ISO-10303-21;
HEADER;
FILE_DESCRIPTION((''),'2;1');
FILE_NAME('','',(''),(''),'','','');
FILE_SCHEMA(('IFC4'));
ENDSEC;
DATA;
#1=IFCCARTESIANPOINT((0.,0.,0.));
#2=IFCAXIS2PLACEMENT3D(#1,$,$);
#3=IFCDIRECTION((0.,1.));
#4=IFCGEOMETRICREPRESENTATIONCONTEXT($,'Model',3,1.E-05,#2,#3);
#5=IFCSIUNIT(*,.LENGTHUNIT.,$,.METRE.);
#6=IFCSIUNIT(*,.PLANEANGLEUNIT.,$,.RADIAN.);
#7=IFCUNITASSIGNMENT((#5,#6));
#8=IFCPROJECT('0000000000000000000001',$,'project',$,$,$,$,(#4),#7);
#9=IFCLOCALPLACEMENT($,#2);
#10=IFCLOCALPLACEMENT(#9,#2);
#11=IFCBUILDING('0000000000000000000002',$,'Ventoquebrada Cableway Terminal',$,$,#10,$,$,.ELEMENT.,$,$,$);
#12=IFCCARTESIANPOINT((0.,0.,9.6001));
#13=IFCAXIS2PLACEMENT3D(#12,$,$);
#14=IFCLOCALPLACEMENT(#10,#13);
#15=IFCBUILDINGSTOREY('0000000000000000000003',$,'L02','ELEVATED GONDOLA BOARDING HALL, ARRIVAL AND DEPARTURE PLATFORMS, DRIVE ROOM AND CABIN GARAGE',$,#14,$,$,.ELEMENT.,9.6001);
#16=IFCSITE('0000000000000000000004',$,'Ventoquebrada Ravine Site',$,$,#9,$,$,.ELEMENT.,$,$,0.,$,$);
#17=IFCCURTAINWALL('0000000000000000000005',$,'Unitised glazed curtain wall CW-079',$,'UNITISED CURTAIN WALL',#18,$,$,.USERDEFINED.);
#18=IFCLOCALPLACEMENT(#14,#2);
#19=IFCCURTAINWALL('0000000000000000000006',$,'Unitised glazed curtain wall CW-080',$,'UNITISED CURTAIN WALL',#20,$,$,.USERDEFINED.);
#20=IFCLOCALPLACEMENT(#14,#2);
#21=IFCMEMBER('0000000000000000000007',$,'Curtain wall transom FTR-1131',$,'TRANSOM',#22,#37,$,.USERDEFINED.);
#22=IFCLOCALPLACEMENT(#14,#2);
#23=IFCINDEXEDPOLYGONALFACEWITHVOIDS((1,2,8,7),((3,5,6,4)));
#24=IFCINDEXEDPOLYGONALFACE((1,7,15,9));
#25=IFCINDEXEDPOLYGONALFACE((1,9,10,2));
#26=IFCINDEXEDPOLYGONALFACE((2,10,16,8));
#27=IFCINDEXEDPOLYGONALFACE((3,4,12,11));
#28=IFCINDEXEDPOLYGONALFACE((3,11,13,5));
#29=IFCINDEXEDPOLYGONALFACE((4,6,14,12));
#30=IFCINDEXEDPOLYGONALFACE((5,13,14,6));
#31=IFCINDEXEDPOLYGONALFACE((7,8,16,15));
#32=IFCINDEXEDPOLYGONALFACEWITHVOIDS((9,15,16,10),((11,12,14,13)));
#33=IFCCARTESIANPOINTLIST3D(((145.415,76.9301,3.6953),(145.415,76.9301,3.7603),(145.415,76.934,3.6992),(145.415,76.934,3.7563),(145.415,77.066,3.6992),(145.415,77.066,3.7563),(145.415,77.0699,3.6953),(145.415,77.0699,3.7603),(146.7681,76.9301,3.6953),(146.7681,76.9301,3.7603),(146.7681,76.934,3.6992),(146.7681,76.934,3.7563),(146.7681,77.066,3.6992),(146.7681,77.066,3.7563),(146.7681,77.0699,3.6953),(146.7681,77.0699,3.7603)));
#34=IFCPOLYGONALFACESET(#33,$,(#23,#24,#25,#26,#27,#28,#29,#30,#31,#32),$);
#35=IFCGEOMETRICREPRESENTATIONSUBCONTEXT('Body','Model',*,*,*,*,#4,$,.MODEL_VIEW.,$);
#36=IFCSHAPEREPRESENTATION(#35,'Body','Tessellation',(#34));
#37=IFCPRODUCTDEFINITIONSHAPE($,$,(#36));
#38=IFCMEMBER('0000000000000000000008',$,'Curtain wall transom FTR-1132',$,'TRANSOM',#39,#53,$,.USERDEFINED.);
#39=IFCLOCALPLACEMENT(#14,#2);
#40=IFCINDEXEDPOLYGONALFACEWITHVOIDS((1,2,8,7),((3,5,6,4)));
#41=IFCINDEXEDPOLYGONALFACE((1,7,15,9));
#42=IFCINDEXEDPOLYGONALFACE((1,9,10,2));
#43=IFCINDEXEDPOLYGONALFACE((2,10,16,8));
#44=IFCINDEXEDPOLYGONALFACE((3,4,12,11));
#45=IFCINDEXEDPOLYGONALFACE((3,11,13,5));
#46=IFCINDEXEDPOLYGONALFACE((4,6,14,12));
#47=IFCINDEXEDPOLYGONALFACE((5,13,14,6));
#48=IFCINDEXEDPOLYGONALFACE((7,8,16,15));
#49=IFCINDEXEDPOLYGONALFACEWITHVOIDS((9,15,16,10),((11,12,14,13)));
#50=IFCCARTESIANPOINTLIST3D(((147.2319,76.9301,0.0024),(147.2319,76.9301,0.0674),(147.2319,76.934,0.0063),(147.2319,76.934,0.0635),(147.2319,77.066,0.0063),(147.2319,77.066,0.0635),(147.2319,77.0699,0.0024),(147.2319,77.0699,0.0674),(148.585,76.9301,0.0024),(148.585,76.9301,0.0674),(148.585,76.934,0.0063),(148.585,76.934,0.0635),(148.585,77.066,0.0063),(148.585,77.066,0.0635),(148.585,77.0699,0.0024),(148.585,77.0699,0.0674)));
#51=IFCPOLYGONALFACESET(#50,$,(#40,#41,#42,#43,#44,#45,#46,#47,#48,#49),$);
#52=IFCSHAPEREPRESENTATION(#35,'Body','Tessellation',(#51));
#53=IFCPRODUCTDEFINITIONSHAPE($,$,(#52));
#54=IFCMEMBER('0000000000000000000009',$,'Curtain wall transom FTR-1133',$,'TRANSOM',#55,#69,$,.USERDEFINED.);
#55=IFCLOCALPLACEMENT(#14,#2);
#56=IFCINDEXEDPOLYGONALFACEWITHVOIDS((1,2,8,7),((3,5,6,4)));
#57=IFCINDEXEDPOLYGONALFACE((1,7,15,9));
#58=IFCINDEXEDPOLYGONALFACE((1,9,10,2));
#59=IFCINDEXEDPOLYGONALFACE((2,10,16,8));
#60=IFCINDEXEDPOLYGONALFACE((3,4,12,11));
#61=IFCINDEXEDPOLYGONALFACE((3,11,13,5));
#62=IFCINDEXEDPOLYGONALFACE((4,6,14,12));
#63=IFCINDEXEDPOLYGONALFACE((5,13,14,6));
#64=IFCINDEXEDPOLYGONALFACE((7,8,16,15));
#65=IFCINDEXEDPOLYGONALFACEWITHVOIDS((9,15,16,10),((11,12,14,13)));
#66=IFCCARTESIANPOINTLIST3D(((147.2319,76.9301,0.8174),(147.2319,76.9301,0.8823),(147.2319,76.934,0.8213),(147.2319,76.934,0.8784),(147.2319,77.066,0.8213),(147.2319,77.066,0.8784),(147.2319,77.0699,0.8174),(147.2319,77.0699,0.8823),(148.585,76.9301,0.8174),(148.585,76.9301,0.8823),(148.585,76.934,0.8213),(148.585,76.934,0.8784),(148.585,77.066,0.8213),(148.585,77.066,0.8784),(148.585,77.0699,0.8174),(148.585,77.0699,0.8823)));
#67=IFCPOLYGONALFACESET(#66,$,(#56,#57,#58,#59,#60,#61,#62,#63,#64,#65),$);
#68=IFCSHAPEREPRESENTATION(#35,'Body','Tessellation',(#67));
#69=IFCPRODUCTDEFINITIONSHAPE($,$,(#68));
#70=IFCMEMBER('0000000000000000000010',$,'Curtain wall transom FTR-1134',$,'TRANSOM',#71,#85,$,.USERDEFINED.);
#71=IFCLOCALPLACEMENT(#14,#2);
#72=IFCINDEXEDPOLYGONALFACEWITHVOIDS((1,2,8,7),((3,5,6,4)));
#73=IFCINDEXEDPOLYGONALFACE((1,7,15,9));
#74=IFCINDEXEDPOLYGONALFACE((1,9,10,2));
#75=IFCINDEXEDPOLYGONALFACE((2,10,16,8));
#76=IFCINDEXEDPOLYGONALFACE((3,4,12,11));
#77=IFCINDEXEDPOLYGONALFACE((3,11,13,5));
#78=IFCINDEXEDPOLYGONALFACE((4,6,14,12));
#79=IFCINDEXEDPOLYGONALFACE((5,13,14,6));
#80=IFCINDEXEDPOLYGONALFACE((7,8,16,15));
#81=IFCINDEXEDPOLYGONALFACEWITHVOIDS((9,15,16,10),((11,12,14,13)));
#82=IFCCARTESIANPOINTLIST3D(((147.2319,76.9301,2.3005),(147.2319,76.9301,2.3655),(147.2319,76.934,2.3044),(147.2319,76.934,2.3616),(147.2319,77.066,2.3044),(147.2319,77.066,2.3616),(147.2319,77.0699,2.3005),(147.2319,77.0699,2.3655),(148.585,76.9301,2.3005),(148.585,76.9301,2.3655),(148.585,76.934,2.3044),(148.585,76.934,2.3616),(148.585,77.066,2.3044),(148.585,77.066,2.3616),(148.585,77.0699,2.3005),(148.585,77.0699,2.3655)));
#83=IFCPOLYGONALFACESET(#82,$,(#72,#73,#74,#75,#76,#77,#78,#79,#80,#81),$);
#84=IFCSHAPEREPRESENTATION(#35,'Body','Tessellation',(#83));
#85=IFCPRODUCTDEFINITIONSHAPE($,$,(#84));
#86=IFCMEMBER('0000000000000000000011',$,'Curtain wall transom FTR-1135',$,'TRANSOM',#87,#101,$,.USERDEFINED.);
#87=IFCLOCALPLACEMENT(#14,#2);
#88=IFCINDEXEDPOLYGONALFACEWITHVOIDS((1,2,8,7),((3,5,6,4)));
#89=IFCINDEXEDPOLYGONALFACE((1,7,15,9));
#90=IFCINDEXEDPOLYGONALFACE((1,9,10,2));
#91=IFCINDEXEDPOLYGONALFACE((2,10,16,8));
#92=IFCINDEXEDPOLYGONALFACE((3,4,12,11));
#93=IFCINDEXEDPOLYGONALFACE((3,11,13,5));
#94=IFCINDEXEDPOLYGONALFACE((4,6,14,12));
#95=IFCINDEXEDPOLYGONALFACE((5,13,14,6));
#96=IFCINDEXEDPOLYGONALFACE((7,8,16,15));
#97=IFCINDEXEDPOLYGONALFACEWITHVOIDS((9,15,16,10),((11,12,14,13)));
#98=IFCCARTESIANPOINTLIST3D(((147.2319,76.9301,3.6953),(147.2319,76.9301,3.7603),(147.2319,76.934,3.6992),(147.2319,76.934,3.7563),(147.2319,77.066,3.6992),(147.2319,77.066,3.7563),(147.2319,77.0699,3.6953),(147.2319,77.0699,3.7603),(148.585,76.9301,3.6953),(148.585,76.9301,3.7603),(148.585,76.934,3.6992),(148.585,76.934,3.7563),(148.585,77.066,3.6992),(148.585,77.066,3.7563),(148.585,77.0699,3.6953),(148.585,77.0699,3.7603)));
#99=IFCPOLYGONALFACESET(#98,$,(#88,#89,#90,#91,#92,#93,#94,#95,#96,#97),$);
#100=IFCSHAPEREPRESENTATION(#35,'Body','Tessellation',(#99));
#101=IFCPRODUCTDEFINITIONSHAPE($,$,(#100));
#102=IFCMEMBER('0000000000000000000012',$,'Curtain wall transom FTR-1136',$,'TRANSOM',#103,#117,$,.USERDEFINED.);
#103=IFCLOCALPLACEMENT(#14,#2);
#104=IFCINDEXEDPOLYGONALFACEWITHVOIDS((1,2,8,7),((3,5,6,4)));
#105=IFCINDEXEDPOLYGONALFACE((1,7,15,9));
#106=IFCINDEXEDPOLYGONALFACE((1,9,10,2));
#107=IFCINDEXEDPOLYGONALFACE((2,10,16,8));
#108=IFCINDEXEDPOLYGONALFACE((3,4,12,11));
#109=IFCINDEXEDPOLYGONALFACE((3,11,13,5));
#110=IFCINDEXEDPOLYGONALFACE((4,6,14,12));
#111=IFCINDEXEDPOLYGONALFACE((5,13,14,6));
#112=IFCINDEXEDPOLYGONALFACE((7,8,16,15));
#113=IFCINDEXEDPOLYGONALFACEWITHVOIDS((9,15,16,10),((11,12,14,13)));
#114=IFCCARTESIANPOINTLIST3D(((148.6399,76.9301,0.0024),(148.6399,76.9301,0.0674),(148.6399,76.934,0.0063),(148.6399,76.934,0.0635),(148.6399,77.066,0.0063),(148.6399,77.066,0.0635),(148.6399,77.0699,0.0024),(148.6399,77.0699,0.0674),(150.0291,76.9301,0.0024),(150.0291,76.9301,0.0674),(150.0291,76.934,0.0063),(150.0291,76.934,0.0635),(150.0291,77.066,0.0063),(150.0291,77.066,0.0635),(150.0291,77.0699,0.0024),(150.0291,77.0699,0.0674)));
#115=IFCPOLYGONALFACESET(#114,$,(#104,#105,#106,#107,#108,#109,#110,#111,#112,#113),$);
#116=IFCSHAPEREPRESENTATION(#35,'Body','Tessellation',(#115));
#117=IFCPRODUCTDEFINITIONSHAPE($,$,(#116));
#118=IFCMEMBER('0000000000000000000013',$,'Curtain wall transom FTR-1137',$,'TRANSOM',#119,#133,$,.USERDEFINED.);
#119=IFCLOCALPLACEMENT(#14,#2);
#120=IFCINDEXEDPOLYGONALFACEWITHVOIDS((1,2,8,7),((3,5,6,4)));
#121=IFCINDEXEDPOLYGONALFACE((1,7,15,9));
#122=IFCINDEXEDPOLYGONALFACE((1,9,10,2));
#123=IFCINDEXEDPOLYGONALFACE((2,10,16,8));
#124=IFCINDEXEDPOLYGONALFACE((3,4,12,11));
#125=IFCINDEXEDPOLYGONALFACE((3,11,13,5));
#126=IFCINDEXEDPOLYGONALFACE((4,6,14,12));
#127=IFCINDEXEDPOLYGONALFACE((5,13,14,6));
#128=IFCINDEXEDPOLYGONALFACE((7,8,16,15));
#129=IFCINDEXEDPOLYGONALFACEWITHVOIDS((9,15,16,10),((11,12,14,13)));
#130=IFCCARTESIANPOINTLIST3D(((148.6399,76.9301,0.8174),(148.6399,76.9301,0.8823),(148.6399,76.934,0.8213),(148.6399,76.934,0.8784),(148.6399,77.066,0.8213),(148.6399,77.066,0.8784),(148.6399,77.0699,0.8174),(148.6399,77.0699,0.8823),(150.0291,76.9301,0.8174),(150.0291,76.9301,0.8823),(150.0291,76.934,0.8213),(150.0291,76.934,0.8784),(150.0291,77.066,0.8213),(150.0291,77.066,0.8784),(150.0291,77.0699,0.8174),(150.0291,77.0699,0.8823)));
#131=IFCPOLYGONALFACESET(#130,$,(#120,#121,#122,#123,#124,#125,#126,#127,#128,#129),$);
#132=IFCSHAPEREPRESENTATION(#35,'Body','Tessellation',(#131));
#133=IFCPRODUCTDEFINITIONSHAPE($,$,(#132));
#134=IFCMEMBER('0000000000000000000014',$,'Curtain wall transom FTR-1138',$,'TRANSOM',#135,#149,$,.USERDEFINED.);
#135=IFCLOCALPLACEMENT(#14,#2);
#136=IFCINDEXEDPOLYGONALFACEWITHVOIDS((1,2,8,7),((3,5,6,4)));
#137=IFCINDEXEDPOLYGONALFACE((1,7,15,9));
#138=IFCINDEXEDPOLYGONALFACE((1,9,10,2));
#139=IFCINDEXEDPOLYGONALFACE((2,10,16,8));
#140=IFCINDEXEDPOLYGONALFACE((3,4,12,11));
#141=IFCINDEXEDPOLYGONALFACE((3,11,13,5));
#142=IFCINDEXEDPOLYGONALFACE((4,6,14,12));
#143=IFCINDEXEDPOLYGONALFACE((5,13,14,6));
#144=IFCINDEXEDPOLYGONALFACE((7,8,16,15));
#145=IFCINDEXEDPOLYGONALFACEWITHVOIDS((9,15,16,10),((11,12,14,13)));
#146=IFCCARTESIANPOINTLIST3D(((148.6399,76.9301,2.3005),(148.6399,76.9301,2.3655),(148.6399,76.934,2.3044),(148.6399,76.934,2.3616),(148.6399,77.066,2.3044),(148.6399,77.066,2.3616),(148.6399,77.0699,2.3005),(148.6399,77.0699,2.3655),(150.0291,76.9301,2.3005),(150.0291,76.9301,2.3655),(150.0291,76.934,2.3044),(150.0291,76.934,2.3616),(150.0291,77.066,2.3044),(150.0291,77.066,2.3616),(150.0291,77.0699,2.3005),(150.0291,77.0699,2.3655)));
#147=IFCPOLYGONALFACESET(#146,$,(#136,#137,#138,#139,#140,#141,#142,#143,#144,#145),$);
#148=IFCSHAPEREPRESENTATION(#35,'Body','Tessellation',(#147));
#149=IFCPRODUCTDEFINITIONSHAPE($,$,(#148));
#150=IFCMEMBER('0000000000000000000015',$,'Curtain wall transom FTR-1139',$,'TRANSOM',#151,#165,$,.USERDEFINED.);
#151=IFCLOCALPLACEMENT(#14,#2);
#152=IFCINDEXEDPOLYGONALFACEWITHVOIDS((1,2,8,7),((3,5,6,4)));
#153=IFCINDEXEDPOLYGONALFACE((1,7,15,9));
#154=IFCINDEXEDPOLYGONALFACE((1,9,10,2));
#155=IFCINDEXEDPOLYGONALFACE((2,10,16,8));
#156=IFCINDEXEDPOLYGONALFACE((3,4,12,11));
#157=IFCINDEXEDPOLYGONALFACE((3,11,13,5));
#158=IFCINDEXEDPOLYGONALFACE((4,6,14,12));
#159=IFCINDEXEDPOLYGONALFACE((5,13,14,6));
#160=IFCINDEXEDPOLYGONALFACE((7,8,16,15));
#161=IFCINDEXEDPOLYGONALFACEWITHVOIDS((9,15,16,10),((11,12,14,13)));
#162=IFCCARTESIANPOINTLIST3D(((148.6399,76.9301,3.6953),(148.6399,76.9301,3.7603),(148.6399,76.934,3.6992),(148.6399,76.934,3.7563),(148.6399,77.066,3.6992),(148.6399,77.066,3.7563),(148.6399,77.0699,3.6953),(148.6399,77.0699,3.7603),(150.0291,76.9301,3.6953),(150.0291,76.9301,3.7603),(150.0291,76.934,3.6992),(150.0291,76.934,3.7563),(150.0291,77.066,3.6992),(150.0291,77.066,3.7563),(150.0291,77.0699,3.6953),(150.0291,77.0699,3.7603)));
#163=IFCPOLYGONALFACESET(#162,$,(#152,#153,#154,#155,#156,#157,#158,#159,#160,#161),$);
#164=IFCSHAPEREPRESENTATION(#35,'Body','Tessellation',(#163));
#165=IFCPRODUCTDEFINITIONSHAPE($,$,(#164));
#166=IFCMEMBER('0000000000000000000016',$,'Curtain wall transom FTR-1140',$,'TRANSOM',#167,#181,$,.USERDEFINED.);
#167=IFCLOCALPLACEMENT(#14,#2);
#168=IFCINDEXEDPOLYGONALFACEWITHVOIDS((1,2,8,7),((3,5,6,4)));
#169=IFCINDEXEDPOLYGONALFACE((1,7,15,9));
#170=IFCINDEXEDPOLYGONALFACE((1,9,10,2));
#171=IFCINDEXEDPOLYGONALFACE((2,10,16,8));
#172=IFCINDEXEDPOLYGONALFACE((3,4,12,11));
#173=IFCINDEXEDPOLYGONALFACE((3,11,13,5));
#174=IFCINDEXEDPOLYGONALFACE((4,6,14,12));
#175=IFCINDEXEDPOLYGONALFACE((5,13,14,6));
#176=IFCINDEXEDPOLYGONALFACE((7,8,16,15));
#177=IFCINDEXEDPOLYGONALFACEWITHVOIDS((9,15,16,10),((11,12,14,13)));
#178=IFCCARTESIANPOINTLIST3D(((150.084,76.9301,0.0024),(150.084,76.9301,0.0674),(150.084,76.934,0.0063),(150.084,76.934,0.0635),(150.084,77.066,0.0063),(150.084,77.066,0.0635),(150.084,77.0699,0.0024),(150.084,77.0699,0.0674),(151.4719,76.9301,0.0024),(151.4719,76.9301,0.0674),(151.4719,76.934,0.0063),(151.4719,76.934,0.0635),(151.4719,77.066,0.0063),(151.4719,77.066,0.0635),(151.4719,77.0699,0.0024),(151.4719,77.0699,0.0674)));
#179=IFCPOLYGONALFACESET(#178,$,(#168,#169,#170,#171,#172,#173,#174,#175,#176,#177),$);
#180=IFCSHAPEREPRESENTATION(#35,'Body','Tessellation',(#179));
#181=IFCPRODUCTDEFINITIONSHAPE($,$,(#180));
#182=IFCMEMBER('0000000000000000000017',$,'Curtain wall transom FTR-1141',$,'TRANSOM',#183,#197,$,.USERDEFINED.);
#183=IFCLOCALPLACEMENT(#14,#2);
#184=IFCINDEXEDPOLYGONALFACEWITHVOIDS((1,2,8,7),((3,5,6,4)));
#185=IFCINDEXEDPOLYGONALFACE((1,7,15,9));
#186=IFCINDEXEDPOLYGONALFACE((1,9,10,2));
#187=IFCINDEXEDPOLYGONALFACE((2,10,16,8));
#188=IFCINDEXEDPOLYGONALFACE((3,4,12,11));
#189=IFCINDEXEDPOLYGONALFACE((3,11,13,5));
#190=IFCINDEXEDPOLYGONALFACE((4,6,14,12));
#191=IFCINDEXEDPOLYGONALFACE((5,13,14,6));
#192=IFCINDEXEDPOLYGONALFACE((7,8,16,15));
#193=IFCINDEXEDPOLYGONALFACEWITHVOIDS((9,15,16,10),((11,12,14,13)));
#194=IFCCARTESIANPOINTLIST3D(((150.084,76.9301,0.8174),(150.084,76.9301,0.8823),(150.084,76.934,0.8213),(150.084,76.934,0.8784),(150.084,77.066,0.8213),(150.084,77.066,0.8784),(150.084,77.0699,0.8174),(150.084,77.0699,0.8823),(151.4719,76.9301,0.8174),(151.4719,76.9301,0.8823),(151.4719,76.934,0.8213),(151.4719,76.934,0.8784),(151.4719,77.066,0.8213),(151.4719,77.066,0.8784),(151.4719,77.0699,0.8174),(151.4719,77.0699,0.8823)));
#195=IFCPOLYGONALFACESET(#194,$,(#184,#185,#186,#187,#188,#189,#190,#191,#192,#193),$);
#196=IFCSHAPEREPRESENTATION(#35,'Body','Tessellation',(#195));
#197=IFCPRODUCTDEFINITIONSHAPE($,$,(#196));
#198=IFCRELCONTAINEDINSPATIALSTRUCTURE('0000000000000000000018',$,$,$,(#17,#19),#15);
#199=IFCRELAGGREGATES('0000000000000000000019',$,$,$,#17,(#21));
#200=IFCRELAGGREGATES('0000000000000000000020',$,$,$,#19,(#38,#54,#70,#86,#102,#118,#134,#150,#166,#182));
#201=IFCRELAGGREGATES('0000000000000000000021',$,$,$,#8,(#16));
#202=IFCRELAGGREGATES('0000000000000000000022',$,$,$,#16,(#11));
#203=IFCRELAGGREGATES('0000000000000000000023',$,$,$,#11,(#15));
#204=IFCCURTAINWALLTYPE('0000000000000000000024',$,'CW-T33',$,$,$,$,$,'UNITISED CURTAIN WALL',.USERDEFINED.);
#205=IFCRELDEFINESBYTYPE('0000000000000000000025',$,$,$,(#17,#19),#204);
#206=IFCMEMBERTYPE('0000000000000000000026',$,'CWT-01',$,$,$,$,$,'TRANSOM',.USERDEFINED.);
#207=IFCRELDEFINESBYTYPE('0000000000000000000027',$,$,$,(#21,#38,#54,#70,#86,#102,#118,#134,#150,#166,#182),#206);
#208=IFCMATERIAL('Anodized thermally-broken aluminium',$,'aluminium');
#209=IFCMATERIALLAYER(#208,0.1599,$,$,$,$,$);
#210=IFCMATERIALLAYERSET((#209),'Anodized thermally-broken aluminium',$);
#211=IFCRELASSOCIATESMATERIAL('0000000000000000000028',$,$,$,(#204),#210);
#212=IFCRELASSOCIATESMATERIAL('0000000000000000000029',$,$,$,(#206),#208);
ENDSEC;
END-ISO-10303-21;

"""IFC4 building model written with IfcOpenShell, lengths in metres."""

from ifc_helpers import new_model, si_unit, direction, frame, origin, origin_2d, place, context, subcontext, project, spatial, hollow_rectangle, extrude, material, layer, layer_set, material_profile, profile_set, type_object, element, aggregate, save


model = new_model("IFC4")

# Units and contexts
model_context = context("Model", 3, precision=1e-05, world=origin(), true_north=direction((0.0, 1.0)))
body_context = subcontext(model_context, "Body", "Model", "MODEL_VIEW")
ifc_project = project(units=[si_unit("LENGTHUNIT", "METRE"), si_unit("PLANEANGLEUNIT", "RADIAN")], contexts=[model_context])

# Site, building, storey
site_placement = place(None, origin())
site = spatial("IfcSite", under=ifc_project, at=site_placement, Name="Ventoquebrada Ravine Site", CompositionType="ELEMENT", RefElevation=0.0)
building_placement = place(site_placement, origin())
building = spatial("IfcBuilding", under=site, at=building_placement, Name="Ventoquebrada Cableway Terminal", CompositionType="ELEMENT")
storey_placement = place(building_placement, frame((0.0, 0.0, 9.6001)))
storey = spatial("IfcBuildingStorey", under=building, at=storey_placement, Name="L02", Description="ELEVATED GONDOLA BOARDING HALL, ARRIVAL AND DEPARTURE PLATFORMS, DRIVE ROOM AND CABIN GARAGE", CompositionType="ELEMENT", Elevation=9.6001)

# Curtain wall
ifc_material_1 = material(Name="Anodized thermally-broken aluminium", Category="aluminium")
ifc_layer_1 = layer(ifc_material_1, 0.1599)
ifc_layer_set_1 = layer_set([ifc_layer_1], Name="Anodized thermally-broken aluminium")
curtain_wall_type = type_object("IfcCurtainWallType", Name="CW-T33", ElementType="UNITISED CURTAIN WALL", PredefinedType="USERDEFINED", material=ifc_layer_set_1)
curtain_wall_1_placement = place(storey_placement, origin())
curtain_wall_1 = element("IfcCurtainWall", 1, at=curtain_wall_1_placement, inside=storey, type_object=curtain_wall_type, Name="Unitised glazed curtain wall CW-079", ObjectType="UNITISED CURTAIN WALL", PredefinedType="USERDEFINED")

# Curtain wall
curtain_wall_2_placement = place(storey_placement, origin())
curtain_wall_2 = element("IfcCurtainWall", 2, at=curtain_wall_2_placement, inside=storey, type_object=curtain_wall_type, Name="Unitised glazed curtain wall CW-080", ObjectType="UNITISED CURTAIN WALL", PredefinedType="USERDEFINED")

# Members
ifc_material_profile_1 = material_profile(ifc_material_1, hollow_rectangle(XDim=0.0649, YDim=0.1399, WallThickness=0.0039, at=origin_2d()), Name="CW-TRN-65X140")
ifc_profile_set_1 = profile_set([ifc_material_profile_1], Name="Anodized thermally-broken aluminium")
member_type_1 = type_object("IfcMemberType", Name="CWT-01", ElementType="TRANSOM", PredefinedType="USERDEFINED", material=ifc_profile_set_1)
member_1_placement = place(storey_placement, frame((145.415, 77.0, 3.7278), z_axis=(1.0, 0.0, 0.0), x_axis=(0.0, 0.0, 1.0)))
member_1 = element("IfcMember", 3, at=member_1_placement, type_object=member_type_1, Name="Curtain wall transom FTR-1131", ObjectType="TRANSOM", PredefinedType="USERDEFINED", context=body_context, shape_type="SweptSolid", body=[
    extrude(hollow_rectangle(XDim=0.0649, YDim=0.1399, WallThickness=0.0039, at=origin_2d()), origin(), (0.0, 0.0, 1.0), 1.353),
])
member_2_placement = place(storey_placement, frame((147.2319, 77.0, 0.0349), z_axis=(1.0, 0.0, 0.0), x_axis=(0.0, 0.0, 1.0)))
member_2 = element("IfcMember", 4, at=member_2_placement, type_object=member_type_1, Name="Curtain wall transom FTR-1132", ObjectType="TRANSOM", PredefinedType="USERDEFINED", context=body_context, shape_type="SweptSolid", body=[
    extrude(hollow_rectangle(XDim=0.0649, YDim=0.1399, WallThickness=0.0039, at=origin_2d()), origin(), (0.0, 0.0, 1.0), 1.353),
])
member_3_placement = place(storey_placement, frame((147.2319, 77.0, 0.8499), z_axis=(1.0, 0.0, 0.0), x_axis=(0.0, 0.0, 1.0)))
member_3 = element("IfcMember", 5, at=member_3_placement, type_object=member_type_1, Name="Curtain wall transom FTR-1133", ObjectType="TRANSOM", PredefinedType="USERDEFINED", context=body_context, shape_type="SweptSolid", body=[
    extrude(hollow_rectangle(XDim=0.0649, YDim=0.1399, WallThickness=0.0039, at=origin_2d()), origin(), (0.0, 0.0, 1.0), 1.353),
])
member_4_placement = place(storey_placement, frame((147.2319, 77.0, 2.333), z_axis=(1.0, 0.0, 0.0), x_axis=(0.0, 0.0, 1.0)))
member_4 = element("IfcMember", 6, at=member_4_placement, type_object=member_type_1, Name="Curtain wall transom FTR-1134", ObjectType="TRANSOM", PredefinedType="USERDEFINED", context=body_context, shape_type="SweptSolid", body=[
    extrude(hollow_rectangle(XDim=0.0649, YDim=0.1399, WallThickness=0.0039, at=origin_2d()), origin(), (0.0, 0.0, 1.0), 1.353),
])
member_5_placement = place(storey_placement, frame((147.2319, 77.0, 3.7278), z_axis=(1.0, 0.0, 0.0), x_axis=(0.0, 0.0, 1.0)))
member_5 = element("IfcMember", 7, at=member_5_placement, type_object=member_type_1, Name="Curtain wall transom FTR-1135", ObjectType="TRANSOM", PredefinedType="USERDEFINED", context=body_context, shape_type="SweptSolid", body=[
    extrude(hollow_rectangle(XDim=0.0649, YDim=0.1399, WallThickness=0.0039, at=origin_2d()), origin(), (0.0, 0.0, 1.0), 1.353),
])
member_6_placement = place(storey_placement, frame((148.6399, 77.0, 0.0349), z_axis=(1.0, 0.0, 0.0), x_axis=(0.0, 0.0, 1.0)))
member_6 = element("IfcMember", 8, at=member_6_placement, type_object=member_type_1, Name="Curtain wall transom FTR-1136", ObjectType="TRANSOM", PredefinedType="USERDEFINED", context=body_context, shape_type="SweptSolid", body=[
    extrude(hollow_rectangle(XDim=0.0649, YDim=0.1399, WallThickness=0.0039, at=origin_2d()), origin(), (0.0, 0.0, 1.0), 1.3892),
])
member_7_placement = place(storey_placement, frame((148.6399, 77.0, 0.8499), z_axis=(1.0, 0.0, 0.0), x_axis=(0.0, 0.0, 1.0)))
member_7 = element("IfcMember", 9, at=member_7_placement, type_object=member_type_1, Name="Curtain wall transom FTR-1137", ObjectType="TRANSOM", PredefinedType="USERDEFINED", context=body_context, shape_type="SweptSolid", body=[
    extrude(hollow_rectangle(XDim=0.0649, YDim=0.1399, WallThickness=0.0039, at=origin_2d()), origin(), (0.0, 0.0, 1.0), 1.3892),
])
member_8_placement = place(storey_placement, frame((148.6399, 77.0, 2.333), z_axis=(1.0, 0.0, 0.0), x_axis=(0.0, 0.0, 1.0)))
member_8 = element("IfcMember", 10, at=member_8_placement, type_object=member_type_1, Name="Curtain wall transom FTR-1138", ObjectType="TRANSOM", PredefinedType="USERDEFINED", context=body_context, shape_type="SweptSolid", body=[
    extrude(hollow_rectangle(XDim=0.0649, YDim=0.1399, WallThickness=0.0039, at=origin_2d()), origin(), (0.0, 0.0, 1.0), 1.3892),
])
member_9_placement = place(storey_placement, frame((148.6399, 77.0, 3.7278), z_axis=(1.0, 0.0, 0.0), x_axis=(0.0, 0.0, 1.0)))
member_9 = element("IfcMember", 11, at=member_9_placement, type_object=member_type_1, Name="Curtain wall transom FTR-1139", ObjectType="TRANSOM", PredefinedType="USERDEFINED", context=body_context, shape_type="SweptSolid", body=[
    extrude(hollow_rectangle(XDim=0.0649, YDim=0.1399, WallThickness=0.0039, at=origin_2d()), origin(), (0.0, 0.0, 1.0), 1.3892),
])
member_10_placement = place(storey_placement, frame((150.084, 77.0, 0.0349), z_axis=(1.0, 0.0, 0.0), x_axis=(0.0, 0.0, 1.0)))
member_10 = element("IfcMember", 12, at=member_10_placement, type_object=member_type_1, Name="Curtain wall transom FTR-1140", ObjectType="TRANSOM", PredefinedType="USERDEFINED", context=body_context, shape_type="SweptSolid", body=[
    extrude(hollow_rectangle(XDim=0.0649, YDim=0.1399, WallThickness=0.0039, at=origin_2d()), origin(), (0.0, 0.0, 1.0), 1.3879),
])
member_11_placement = place(storey_placement, frame((150.084, 77.0, 0.8499), z_axis=(1.0, 0.0, 0.0), x_axis=(0.0, 0.0, 1.0)))
member_11 = element("IfcMember", 13, at=member_11_placement, type_object=member_type_1, Name="Curtain wall transom FTR-1141", ObjectType="TRANSOM", PredefinedType="USERDEFINED", context=body_context, shape_type="SweptSolid", body=[
    extrude(hollow_rectangle(XDim=0.0649, YDim=0.1399, WallThickness=0.0039, at=origin_2d()), origin(), (0.0, 0.0, 1.0), 1.3879),
])

aggregate(curtain_wall_1, [member_1])
aggregate(curtain_wall_2, [member_2, member_3, member_4, member_5, member_6, member_7, member_8, member_9, member_10, member_11])

save(model, "model.ifc")
